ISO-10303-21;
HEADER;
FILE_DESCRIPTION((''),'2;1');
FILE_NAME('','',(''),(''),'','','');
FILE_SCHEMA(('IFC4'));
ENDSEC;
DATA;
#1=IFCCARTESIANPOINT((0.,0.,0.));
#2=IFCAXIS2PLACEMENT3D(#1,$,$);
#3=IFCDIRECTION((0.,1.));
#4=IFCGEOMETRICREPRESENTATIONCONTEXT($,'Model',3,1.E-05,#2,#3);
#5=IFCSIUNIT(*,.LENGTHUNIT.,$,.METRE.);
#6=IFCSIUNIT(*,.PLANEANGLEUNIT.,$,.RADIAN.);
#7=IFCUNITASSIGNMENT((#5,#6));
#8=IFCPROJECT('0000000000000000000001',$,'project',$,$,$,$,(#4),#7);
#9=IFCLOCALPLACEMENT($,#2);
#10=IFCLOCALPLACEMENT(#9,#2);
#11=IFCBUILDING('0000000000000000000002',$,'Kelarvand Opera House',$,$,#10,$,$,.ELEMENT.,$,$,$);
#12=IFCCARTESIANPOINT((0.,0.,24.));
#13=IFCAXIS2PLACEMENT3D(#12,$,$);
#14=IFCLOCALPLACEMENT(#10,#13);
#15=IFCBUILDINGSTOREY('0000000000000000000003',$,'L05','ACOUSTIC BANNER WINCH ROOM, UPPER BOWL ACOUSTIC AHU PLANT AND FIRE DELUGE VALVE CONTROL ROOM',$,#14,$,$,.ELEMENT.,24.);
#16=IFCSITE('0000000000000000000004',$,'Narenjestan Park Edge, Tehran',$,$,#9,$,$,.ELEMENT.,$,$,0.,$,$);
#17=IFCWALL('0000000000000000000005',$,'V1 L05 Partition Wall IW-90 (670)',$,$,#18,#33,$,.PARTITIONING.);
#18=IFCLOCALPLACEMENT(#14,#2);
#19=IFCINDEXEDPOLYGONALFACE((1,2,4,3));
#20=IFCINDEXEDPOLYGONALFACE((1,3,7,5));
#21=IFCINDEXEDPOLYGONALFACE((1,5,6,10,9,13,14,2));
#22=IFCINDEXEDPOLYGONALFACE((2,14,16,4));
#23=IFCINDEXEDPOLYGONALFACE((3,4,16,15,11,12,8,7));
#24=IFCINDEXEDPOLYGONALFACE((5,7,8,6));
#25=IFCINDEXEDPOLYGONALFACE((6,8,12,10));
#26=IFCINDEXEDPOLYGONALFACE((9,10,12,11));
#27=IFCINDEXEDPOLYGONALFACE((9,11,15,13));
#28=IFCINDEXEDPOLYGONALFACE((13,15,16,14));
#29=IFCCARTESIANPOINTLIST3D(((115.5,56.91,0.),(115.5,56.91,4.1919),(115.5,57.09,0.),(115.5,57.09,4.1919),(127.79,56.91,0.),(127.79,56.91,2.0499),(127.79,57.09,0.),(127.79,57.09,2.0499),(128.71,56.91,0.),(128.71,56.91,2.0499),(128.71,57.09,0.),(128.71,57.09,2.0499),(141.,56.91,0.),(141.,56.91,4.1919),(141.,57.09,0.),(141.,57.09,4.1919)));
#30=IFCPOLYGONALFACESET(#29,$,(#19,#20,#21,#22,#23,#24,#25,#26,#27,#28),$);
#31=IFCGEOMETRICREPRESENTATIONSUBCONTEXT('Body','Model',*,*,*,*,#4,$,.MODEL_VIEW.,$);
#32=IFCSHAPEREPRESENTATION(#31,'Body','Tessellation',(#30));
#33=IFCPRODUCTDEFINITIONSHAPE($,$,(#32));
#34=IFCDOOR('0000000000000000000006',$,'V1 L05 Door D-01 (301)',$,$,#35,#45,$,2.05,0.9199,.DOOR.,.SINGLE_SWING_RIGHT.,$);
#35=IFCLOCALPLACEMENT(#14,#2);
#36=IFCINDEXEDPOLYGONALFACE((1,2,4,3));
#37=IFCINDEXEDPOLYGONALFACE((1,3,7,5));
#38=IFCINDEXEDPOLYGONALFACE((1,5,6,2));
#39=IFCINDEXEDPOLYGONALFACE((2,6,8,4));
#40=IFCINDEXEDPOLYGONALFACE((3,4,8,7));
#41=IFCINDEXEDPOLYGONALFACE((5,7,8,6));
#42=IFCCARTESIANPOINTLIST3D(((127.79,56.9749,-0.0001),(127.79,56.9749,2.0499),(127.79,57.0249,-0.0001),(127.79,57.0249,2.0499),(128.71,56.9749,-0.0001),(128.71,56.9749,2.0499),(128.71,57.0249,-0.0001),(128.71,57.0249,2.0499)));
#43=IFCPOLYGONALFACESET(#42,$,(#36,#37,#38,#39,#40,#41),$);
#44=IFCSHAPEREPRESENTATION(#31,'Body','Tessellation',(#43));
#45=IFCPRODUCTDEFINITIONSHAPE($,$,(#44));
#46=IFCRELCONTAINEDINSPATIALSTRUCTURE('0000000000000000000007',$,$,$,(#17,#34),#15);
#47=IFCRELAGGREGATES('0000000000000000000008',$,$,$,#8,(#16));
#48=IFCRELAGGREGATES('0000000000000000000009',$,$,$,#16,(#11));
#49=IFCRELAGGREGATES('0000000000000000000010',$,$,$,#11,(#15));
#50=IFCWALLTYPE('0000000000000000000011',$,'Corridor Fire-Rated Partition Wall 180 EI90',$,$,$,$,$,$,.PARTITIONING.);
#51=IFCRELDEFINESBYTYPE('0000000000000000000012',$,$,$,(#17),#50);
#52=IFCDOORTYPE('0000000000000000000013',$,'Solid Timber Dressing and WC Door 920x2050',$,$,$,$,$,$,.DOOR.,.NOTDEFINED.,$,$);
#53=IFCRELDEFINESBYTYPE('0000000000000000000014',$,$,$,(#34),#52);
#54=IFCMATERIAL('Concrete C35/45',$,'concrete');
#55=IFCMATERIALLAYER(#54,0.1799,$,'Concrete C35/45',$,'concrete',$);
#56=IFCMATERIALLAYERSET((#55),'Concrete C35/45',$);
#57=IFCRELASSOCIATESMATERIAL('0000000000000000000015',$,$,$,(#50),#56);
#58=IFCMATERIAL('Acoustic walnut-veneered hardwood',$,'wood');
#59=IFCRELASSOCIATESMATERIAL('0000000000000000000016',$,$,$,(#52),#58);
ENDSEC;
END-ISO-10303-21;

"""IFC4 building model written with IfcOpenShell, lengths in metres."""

from ifc_helpers import new_model, si_unit, direction, frame, frame_2d, origin, place, context, subcontext, project, spatial, rectangle, extrude, material, layer, layer_set, type_object, element, fill, save


model = new_model("IFC4")

# Units and contexts
model_context = context("Model", 3, precision=1e-05, world=origin(), true_north=direction((0.0, 1.0)))
body_context = subcontext(model_context, "Body", "Model", "MODEL_VIEW")
ifc_project = project(units=[si_unit("LENGTHUNIT", "METRE"), si_unit("PLANEANGLEUNIT", "RADIAN")], contexts=[model_context])

# Site, building, storey
site_placement = place(None, origin())
site = spatial("IfcSite", under=ifc_project, at=site_placement, Name="Narenjestan Park Edge, Tehran", CompositionType="ELEMENT", RefElevation=0.0)
building_placement = place(site_placement, origin())
building = spatial("IfcBuilding", under=site, at=building_placement, Name="Kelarvand Opera House", CompositionType="ELEMENT")
storey_placement = place(building_placement, frame((0.0, 0.0, 24.0)))
storey = spatial("IfcBuildingStorey", under=building, at=storey_placement, Name="L05", Description="ACOUSTIC BANNER WINCH ROOM, UPPER BOWL ACOUSTIC AHU PLANT AND FIRE DELUGE VALVE CONTROL ROOM", CompositionType="ELEMENT", Elevation=24.0)

# Shared definitions
ifc_material_1 = material(Name="Concrete C35/45", Category="concrete")

# Shared definitions
ifc_layer_1 = layer(ifc_material_1, 0.1799, Name="Concrete C35/45", Category="concrete")
ifc_layer_set_1 = layer_set([ifc_layer_1], Name="Concrete C35/45")
wall_type_1 = type_object("IfcWallType", Name="Corridor Fire-Rated Partition Wall 180 EI90", PredefinedType="PARTITIONING", material=ifc_layer_set_1)
ifc_material_2 = material(Name="Acoustic walnut-veneered hardwood", Category="wood")

# Wall, opening, door
door_type_1 = type_object("IfcDoorType", Name="Solid Timber Dressing and WC Door 920x2050", OperationType="NOTDEFINED", PredefinedType="DOOR", material=ifc_material_2)
wall_1_placement = place(storey_placement, frame((115.5, 57.0, 0.0), z_axis=(0.0, 0.0, 1.0), x_axis=(1.0, 0.0, 0.0)))
wall_1 = element("IfcWall", 1, at=wall_1_placement, inside=storey, type_object=wall_type_1, Name="V1 L05 Partition Wall IW-90 (670)", PredefinedType="PARTITIONING", context=body_context, shape_type="SweptSolid", body=[
    extrude(rectangle(XDim=25.5, YDim=0.1799, at=frame_2d((12.75, 0.0))), origin(), (0.0, 0.0, 1.0), 4.1919),
])
opening_1_placement = place(wall_1_placement, frame((12.29, 0.0, 0.0)))
opening_1 = element("IfcOpeningElement", 2, at=opening_1_placement, cuts=wall_1, PredefinedType="OPENING", context=body_context, shape_type="SweptSolid", body=[
    extrude(rectangle(XDim=0.9199, YDim=2.05, at=frame_2d((0.46, 1.0249))), frame((0.0, 0.1001, 0.0), z_axis=(0.0, -1.0, 0.0), x_axis=(1.0, 0.0, 0.0)), (0.0, 0.0, 1.0), 0.2),
])
door_1_placement = place(opening_1_placement, origin())
door_1 = element("IfcDoor", 3, at=door_1_placement, inside=storey, type_object=door_type_1, Name="V1 L05 Door D-01 (301)", OperationType="SINGLE_SWING_RIGHT", OverallHeight=2.05, OverallWidth=0.9199, PredefinedType="DOOR", context=body_context, shape_type="SweptSolid", body=[
    extrude(rectangle(XDim=0.9199, YDim=2.05, at=frame_2d((0.46, 1.0249))), frame((0.0, 0.0249, 0.0), z_axis=(0.0, -1.0, 0.0), x_axis=(1.0, 0.0, 0.0)), (0.0, 0.0, 1.0), 0.05),
])
fill(opening_1, door_1)

save(model, "model.ifc")
